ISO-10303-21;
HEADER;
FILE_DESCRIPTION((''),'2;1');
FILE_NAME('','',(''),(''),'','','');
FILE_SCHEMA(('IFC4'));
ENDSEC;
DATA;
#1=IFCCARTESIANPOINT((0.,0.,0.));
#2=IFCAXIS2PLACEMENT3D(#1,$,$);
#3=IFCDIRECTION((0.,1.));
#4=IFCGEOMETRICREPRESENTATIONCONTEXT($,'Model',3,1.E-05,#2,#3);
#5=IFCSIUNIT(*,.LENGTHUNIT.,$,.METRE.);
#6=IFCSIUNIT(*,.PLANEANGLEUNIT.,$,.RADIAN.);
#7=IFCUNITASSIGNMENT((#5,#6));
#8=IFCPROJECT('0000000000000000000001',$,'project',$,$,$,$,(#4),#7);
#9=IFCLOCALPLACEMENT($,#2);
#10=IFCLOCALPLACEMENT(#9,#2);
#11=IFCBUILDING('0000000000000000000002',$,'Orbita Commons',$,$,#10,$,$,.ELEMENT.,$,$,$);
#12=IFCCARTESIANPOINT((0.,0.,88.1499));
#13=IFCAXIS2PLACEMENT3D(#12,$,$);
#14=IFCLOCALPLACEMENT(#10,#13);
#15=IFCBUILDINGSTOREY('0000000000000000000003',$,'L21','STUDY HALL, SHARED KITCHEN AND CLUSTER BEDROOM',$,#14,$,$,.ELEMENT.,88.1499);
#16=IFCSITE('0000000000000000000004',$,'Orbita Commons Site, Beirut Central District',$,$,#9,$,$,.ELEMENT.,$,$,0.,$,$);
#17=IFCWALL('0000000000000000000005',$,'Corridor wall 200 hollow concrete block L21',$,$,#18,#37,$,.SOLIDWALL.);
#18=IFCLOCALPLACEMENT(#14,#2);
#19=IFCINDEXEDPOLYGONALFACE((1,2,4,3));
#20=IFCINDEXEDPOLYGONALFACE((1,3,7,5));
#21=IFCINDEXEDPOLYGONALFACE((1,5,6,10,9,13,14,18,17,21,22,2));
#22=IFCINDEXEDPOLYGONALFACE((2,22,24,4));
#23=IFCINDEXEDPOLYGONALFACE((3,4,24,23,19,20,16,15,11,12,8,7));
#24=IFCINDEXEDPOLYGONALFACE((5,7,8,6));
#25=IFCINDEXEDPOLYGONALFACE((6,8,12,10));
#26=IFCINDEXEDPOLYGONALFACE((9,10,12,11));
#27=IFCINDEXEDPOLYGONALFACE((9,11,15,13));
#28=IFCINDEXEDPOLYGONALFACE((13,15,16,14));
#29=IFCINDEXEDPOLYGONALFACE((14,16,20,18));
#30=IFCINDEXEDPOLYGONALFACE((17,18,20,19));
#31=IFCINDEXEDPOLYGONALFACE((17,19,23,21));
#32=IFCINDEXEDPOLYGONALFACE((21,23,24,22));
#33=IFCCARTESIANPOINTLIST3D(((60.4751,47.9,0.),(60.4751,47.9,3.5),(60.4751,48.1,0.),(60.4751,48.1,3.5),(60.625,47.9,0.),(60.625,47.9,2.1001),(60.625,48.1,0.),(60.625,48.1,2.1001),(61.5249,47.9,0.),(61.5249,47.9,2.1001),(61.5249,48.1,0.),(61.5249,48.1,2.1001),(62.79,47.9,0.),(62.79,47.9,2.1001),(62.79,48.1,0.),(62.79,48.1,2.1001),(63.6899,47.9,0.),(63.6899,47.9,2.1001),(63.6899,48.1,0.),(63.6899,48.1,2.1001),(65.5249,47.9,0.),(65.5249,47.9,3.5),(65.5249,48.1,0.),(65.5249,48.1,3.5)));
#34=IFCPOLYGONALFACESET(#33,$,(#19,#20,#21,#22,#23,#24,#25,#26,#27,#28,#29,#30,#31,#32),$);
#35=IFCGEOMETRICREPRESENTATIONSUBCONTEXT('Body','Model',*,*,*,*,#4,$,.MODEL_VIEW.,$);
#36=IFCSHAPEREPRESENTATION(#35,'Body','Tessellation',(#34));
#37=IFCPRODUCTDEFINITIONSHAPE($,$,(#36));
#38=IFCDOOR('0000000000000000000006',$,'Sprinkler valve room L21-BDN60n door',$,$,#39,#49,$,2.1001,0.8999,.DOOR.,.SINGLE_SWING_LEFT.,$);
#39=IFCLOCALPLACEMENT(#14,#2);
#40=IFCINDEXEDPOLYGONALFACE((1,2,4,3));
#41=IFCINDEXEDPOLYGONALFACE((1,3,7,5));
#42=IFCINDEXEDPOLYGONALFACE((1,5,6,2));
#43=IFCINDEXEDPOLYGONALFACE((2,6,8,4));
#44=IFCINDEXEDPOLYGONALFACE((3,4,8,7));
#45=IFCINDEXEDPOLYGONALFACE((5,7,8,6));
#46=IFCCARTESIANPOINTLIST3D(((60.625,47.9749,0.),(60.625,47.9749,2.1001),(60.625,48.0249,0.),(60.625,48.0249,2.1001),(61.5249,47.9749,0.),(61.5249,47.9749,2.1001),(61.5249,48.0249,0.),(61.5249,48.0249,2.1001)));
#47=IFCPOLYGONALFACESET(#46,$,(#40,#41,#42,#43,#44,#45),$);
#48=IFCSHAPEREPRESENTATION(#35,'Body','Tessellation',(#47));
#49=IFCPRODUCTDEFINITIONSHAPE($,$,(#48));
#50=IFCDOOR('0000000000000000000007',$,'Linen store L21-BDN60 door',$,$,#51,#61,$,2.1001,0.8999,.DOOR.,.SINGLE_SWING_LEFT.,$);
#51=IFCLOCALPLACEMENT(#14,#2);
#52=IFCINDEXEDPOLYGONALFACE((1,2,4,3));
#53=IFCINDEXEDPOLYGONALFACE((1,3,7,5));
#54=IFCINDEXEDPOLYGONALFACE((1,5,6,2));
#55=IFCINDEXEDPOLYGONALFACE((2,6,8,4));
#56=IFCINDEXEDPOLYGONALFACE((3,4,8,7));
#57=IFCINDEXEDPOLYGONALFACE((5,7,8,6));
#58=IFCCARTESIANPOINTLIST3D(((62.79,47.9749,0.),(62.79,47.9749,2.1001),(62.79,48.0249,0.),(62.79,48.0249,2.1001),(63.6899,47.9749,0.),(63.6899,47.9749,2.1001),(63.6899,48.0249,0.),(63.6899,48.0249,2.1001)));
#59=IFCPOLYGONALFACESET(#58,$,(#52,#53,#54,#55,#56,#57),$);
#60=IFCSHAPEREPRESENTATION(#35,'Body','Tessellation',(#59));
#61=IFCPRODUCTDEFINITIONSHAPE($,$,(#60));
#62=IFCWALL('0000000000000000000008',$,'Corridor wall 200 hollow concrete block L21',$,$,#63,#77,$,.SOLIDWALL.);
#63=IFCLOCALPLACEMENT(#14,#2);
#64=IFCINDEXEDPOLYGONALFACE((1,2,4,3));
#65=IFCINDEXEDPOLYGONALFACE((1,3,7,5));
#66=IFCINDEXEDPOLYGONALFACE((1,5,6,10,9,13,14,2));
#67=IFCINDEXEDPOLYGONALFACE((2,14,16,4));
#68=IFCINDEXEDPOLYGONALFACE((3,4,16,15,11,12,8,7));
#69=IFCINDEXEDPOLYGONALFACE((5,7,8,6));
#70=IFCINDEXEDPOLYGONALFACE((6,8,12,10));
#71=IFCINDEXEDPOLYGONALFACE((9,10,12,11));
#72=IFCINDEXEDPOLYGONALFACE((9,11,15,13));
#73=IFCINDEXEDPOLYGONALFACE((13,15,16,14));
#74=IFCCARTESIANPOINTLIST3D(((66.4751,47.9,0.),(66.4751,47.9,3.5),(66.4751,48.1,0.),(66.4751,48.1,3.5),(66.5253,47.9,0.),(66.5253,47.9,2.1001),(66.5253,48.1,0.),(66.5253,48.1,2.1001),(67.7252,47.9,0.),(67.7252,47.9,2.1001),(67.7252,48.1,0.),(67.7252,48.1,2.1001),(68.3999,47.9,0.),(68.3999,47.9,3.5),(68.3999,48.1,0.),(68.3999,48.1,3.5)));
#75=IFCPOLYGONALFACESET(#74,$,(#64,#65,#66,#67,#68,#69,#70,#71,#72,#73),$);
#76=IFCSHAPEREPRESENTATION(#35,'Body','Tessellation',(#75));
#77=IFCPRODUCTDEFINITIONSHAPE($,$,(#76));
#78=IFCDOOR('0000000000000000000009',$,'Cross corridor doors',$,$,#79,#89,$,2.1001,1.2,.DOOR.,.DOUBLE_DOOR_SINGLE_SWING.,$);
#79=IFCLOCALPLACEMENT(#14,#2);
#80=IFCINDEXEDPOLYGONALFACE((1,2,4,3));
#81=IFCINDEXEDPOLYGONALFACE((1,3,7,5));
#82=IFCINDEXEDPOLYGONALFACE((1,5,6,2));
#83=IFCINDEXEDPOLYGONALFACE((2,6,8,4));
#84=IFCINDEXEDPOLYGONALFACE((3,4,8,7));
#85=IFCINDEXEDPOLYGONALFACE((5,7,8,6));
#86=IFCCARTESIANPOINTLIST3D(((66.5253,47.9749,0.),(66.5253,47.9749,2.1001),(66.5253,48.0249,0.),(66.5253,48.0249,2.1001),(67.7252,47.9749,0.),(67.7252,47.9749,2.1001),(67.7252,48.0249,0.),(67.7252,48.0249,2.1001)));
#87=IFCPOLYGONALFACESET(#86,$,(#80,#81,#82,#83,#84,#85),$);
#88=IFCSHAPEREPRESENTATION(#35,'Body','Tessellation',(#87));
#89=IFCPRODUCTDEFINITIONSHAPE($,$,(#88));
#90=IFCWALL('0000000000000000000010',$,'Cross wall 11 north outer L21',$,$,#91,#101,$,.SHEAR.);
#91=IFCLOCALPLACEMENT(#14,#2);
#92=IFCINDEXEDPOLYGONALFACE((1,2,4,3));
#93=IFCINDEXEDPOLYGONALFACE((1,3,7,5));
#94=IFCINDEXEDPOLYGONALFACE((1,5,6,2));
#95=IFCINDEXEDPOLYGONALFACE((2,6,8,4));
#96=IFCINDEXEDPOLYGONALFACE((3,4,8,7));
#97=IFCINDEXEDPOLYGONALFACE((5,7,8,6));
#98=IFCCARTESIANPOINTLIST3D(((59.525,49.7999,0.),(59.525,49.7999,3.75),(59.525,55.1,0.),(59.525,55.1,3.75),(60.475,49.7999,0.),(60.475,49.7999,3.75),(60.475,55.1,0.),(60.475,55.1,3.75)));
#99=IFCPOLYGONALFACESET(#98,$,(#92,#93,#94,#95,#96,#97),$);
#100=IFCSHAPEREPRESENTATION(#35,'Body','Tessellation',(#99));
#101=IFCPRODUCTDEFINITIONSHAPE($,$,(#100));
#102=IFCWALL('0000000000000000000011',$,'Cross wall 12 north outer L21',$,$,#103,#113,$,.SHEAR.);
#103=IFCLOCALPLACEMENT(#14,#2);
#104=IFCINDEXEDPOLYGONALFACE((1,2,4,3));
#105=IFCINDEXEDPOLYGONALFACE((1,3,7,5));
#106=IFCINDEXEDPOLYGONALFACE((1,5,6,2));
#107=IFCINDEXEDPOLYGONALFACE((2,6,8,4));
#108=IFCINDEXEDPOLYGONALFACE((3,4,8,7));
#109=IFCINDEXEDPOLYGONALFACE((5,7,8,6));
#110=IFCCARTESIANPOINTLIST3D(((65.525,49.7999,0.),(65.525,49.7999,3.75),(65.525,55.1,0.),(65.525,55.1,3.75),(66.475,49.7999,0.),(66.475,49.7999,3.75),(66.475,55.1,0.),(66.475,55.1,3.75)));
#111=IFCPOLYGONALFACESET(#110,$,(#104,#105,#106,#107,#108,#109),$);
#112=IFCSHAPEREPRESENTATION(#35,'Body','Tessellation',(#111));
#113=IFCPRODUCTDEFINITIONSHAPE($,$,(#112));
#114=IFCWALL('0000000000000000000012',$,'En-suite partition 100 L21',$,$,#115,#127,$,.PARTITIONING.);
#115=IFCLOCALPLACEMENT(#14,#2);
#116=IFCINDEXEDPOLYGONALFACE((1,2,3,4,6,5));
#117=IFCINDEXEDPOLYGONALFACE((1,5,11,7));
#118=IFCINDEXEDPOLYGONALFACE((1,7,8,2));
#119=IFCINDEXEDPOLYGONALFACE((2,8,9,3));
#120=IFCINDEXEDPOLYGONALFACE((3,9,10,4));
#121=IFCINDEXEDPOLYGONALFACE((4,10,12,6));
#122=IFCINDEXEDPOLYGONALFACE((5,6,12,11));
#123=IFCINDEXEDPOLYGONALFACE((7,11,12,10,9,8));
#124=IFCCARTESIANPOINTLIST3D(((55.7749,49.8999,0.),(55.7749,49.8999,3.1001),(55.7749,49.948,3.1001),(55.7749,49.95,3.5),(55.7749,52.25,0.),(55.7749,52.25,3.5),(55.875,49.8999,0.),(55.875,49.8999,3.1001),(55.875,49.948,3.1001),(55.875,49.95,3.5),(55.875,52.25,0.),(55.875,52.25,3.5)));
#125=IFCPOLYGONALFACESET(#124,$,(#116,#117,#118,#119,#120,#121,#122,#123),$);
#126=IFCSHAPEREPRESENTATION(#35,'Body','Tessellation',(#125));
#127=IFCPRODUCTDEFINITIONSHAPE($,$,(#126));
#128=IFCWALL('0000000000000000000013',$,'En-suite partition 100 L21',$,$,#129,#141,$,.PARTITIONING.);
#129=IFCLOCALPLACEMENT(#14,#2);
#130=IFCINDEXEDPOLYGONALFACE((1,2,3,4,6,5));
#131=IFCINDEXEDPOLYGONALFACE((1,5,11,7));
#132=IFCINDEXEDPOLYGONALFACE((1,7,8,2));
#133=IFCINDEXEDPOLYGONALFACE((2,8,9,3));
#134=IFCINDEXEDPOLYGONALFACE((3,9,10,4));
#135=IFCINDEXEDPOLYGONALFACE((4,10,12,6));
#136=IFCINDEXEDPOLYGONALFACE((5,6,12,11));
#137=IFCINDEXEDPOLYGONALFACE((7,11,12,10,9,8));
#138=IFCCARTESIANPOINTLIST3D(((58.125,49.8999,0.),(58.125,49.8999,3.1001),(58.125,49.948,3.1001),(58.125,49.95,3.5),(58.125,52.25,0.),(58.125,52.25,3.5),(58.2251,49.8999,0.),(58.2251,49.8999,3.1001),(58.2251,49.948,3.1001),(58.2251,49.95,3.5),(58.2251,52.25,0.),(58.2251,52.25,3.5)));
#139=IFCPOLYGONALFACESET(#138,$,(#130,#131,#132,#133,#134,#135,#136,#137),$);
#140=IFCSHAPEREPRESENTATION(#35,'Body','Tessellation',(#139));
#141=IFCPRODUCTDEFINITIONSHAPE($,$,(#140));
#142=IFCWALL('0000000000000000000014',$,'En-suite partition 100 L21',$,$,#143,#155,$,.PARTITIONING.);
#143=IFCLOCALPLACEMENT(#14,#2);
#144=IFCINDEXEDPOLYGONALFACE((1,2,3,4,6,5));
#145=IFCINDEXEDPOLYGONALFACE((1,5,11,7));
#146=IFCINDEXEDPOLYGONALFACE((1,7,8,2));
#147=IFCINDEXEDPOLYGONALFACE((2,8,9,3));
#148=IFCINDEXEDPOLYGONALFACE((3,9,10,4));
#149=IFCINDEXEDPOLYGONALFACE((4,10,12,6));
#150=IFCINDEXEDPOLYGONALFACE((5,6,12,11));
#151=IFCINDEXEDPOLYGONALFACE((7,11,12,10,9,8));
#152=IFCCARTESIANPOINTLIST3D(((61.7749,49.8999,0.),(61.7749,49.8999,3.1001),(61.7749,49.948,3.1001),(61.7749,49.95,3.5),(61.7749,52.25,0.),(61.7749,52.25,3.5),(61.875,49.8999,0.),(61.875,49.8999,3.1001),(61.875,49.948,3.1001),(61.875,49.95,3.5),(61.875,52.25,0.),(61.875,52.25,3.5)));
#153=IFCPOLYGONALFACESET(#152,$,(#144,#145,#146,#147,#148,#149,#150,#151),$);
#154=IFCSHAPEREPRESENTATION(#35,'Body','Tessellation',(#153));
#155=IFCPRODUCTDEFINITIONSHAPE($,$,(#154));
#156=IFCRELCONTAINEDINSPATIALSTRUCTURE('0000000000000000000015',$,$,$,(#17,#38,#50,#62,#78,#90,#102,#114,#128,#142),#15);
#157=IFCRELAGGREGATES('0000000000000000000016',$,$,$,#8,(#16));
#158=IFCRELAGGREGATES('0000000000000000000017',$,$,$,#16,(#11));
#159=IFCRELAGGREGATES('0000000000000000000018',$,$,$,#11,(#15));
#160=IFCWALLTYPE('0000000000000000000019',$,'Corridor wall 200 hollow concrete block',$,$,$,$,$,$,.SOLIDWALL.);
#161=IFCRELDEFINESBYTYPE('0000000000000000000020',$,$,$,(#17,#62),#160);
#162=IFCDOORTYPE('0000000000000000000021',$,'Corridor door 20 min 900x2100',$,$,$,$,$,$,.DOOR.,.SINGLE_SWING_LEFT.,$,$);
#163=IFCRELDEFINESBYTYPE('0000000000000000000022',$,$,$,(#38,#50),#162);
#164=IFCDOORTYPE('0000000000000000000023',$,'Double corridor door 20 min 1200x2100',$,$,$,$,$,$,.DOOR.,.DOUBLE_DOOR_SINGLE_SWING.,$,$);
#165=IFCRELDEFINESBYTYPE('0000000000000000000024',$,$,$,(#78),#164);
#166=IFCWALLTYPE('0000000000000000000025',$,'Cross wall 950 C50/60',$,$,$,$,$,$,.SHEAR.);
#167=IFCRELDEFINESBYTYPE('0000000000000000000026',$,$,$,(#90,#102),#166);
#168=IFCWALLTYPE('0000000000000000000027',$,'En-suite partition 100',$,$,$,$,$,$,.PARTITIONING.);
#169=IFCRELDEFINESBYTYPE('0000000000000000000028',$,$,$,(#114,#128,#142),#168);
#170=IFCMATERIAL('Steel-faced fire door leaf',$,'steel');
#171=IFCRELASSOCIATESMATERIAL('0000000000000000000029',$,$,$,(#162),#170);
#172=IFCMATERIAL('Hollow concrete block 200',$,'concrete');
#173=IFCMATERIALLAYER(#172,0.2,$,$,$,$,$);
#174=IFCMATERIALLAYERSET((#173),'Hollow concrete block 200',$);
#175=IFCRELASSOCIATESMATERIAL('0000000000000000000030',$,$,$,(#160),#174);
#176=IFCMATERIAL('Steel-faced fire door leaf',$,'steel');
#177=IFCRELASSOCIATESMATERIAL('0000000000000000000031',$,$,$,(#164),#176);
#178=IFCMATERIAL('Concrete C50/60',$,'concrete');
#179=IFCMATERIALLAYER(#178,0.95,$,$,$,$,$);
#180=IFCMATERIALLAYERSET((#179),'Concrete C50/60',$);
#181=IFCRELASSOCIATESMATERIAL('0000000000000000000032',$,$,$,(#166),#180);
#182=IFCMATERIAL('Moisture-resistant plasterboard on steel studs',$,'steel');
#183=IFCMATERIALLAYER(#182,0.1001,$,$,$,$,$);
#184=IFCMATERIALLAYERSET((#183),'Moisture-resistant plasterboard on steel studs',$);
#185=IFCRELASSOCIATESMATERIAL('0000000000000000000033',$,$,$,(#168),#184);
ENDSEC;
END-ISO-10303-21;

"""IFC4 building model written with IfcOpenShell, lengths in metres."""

from ifc_helpers import new_model, si_unit, direction, frame, frame_2d, origin, place, context, subcontext, project, spatial, polyline, rectangle, outline, extrude, material, layer, layer_set, type_object, element, fill, save


model = new_model("IFC4")

# Units and contexts
model_context = context("Model", 3, precision=1e-05, world=origin(), true_north=direction((0.0, 1.0)))
body_context = subcontext(model_context, "Body", "Model", "MODEL_VIEW")
ifc_project = project(units=[si_unit("LENGTHUNIT", "METRE"), si_unit("PLANEANGLEUNIT", "RADIAN")], contexts=[model_context])

# Site, building, storey
site_placement = place(None, origin())
site = spatial("IfcSite", under=ifc_project, at=site_placement, Name="Orbita Commons Site, Beirut Central District", CompositionType="ELEMENT", RefElevation=0.0)
building_placement = place(site_placement, origin())
building = spatial("IfcBuilding", under=site, at=building_placement, Name="Orbita Commons", CompositionType="ELEMENT")
storey_placement = place(building_placement, frame((0.0, 0.0, 88.1499)))
storey = spatial("IfcBuildingStorey", under=building, at=storey_placement, Name="L21", Description="STUDY HALL, SHARED KITCHEN AND CLUSTER BEDROOM", CompositionType="ELEMENT", Elevation=88.1499)

# Shared definitions
ifc_material_1 = material(Name="Steel-faced fire door leaf", Category="steel")
door_type_1 = type_object("IfcDoorType", Name="Corridor door 20 min 900x2100", OperationType="SINGLE_SWING_LEFT", PredefinedType="DOOR", material=ifc_material_1)

# Wall, openings, doors
ifc_material_2 = material(Name="Hollow concrete block 200", Category="concrete")
ifc_layer_1 = layer(ifc_material_2, 0.2)
ifc_layer_set_1 = layer_set([ifc_layer_1], Name="Hollow concrete block 200")
wall_type_1 = type_object("IfcWallType", Name="Corridor wall 200 hollow concrete block", PredefinedType="SOLIDWALL", material=ifc_layer_set_1)
wall_1_placement = place(storey_placement, frame((60.4751, 48.0, 0.0), z_axis=(0.0, 0.0, 1.0), x_axis=(1.0, 0.0, 0.0)))
wall_1 = element("IfcWall", 1, at=wall_1_placement, inside=storey, type_object=wall_type_1, Name="Corridor wall 200 hollow concrete block L21", PredefinedType="SOLIDWALL", context=body_context, shape_type="SweptSolid", body=[
    extrude(rectangle(XDim=5.0498, YDim=0.2, at=frame_2d((2.5249, 0.0))), origin(), (0.0, 0.0, 1.0), 3.5),
])
opening_1_placement = place(wall_1_placement, frame((0.1499, 0.0, 0.0)))
opening_1 = element("IfcOpeningElement", 2, at=opening_1_placement, cuts=wall_1, PredefinedType="OPENING", context=body_context, shape_type="SweptSolid", body=[
    extrude(rectangle(XDim=0.8999, YDim=2.1001, at=frame_2d((0.45, 1.05))), frame((0.0, 0.1099, 0.0), z_axis=(0.0, -1.0, 0.0), x_axis=(1.0, 0.0, 0.0)), (0.0, 0.0, 1.0), 0.22),
])
opening_2_placement = place(wall_1_placement, frame((2.3149, 0.0, 0.0)))
opening_2 = element("IfcOpeningElement", 3, at=opening_2_placement, cuts=wall_1, PredefinedType="OPENING", context=body_context, shape_type="SweptSolid", body=[
    extrude(rectangle(XDim=0.8999, YDim=2.1001, at=frame_2d((0.45, 1.05))), frame((0.0, 0.1099, 0.0), z_axis=(0.0, -1.0, 0.0), x_axis=(1.0, 0.0, 0.0)), (0.0, 0.0, 1.0), 0.22),
])
door_1_placement = place(opening_1_placement, origin())
door_1 = element("IfcDoor", 4, at=door_1_placement, inside=storey, type_object=door_type_1, Name="Sprinkler valve room L21-BDN60n door", OperationType="SINGLE_SWING_LEFT", OverallHeight=2.1001, OverallWidth=0.8999, PredefinedType="DOOR", context=body_context, shape_type="SweptSolid", body=[
    extrude(rectangle(XDim=0.8999, YDim=2.1001, at=frame_2d((0.45, 1.05))), frame((0.0, 0.0249, 0.0), z_axis=(0.0, -1.0, 0.0), x_axis=(1.0, 0.0, 0.0)), (0.0, 0.0, 1.0), 0.05),
])
fill(opening_1, door_1)
door_2_placement = place(opening_2_placement, origin())
door_2 = element("IfcDoor", 5, at=door_2_placement, inside=storey, type_object=door_type_1, Name="Linen store L21-BDN60 door", OperationType="SINGLE_SWING_LEFT", OverallHeight=2.1001, OverallWidth=0.8999, PredefinedType="DOOR", context=body_context, shape_type="SweptSolid", body=[
    extrude(rectangle(XDim=0.8999, YDim=2.1001, at=frame_2d((0.45, 1.05))), frame((0.0, 0.0249, 0.0), z_axis=(0.0, -1.0, 0.0), x_axis=(1.0, 0.0, 0.0)), (0.0, 0.0, 1.0), 0.05),
])
fill(opening_2, door_2)

# Wall, opening, door
wall_2_placement = place(storey_placement, frame((66.4751, 48.0, 0.0), z_axis=(0.0, 0.0, 1.0), x_axis=(1.0, 0.0, 0.0)))
wall_2 = element("IfcWall", 6, at=wall_2_placement, inside=storey, type_object=wall_type_1, Name="Corridor wall 200 hollow concrete block L21", PredefinedType="SOLIDWALL", context=body_context, shape_type="SweptSolid", body=[
    extrude(rectangle(XDim=1.9248, YDim=0.2, at=frame_2d((0.9624, 0.0))), origin(), (0.0, 0.0, 1.0), 3.5),
])
opening_3_placement = place(wall_2_placement, frame((0.05, 0.0, 0.0)))
opening_3 = element("IfcOpeningElement", 7, at=opening_3_placement, cuts=wall_2, PredefinedType="OPENING", context=body_context, shape_type="SweptSolid", body=[
    extrude(rectangle(XDim=1.2, YDim=2.1001, at=frame_2d((0.6001, 1.05))), frame((0.0, 0.1099, 0.0), z_axis=(0.0, -1.0, 0.0), x_axis=(1.0, 0.0, 0.0)), (0.0, 0.0, 1.0), 0.22),
])
ifc_material_3 = material(Name="Steel-faced fire door leaf", Category="steel")
door_type_2 = type_object("IfcDoorType", Name="Double corridor door 20 min 1200x2100", OperationType="DOUBLE_DOOR_SINGLE_SWING", PredefinedType="DOOR", material=ifc_material_3)
door_3_placement = place(opening_3_placement, origin())
door_3 = element("IfcDoor", 8, at=door_3_placement, inside=storey, type_object=door_type_2, Name="Cross corridor doors", OperationType="DOUBLE_DOOR_SINGLE_SWING", OverallHeight=2.1001, OverallWidth=1.2, PredefinedType="DOOR", context=body_context, shape_type="SweptSolid", body=[
    extrude(rectangle(XDim=1.2, YDim=2.1001, at=frame_2d((0.6001, 1.05))), frame((0.0, 0.0249, 0.0), z_axis=(0.0, -1.0, 0.0), x_axis=(1.0, 0.0, 0.0)), (0.0, 0.0, 1.0), 0.05),
])
fill(opening_3, door_3)

# Walls
ifc_material_4 = material(Name="Concrete C50/60", Category="concrete")
ifc_layer_2 = layer(ifc_material_4, 0.95)
ifc_layer_set_2 = layer_set([ifc_layer_2], Name="Concrete C50/60")
wall_type_2 = type_object("IfcWallType", Name="Cross wall 950 C50/60", PredefinedType="SHEAR", material=ifc_layer_set_2)
for number, where, z_axis, x_axis, name in (
    (9, (60.0, 49.8, 0.0), (0.0, 0.0, 1.0), (0.0, 1.0, 0.0), "Cross wall 11 north outer L21"),
    (10, (66.0, 49.8, 0.0), (0.0, 0.0, 1.0), (0.0, 1.0, 0.0), "Cross wall 12 north outer L21"),
):
    element("IfcWall", number, at=place(storey_placement, frame(where, z_axis=z_axis, x_axis=x_axis)), inside=storey, type_object=wall_type_2, Name=name, PredefinedType="SHEAR", context=body_context, shape_type="SweptSolid", body=[
        extrude(rectangle(XDim=5.3, YDim=0.95, at=frame_2d((2.6499, 0.0))), origin(), (0.0, 0.0, 1.0), 3.75),
    ])
ifc_material_5 = material(Name="Moisture-resistant plasterboard on steel studs", Category="steel")
ifc_layer_3 = layer(ifc_material_5, 0.1001)
ifc_layer_set_3 = layer_set([ifc_layer_3], Name="Moisture-resistant plasterboard on steel studs")
wall_type_3 = type_object("IfcWallType", Name="En-suite partition 100", PredefinedType="PARTITIONING", material=ifc_layer_set_3)
for number, where, z_axis, x_axis, name in (
    (11, (55.825, 52.25, 0.0), (0.0, 0.0, 1.0), (0.0, -1.0, 0.0), "En-suite partition 100 L21"),
    (12, (58.175, 52.25, 0.0), (0.0, 0.0, 1.0), (0.0, -1.0, 0.0), "En-suite partition 100 L21"),
    (13, (61.825, 52.25, 0.0), (0.0, 0.0, 1.0), (0.0, -1.0, 0.0), "En-suite partition 100 L21"),
):
    element("IfcWall", number, at=place(storey_placement, frame(where, z_axis=z_axis, x_axis=x_axis)), inside=storey, type_object=wall_type_3, Name=name, PredefinedType="PARTITIONING", context=body_context, shape_type="SweptSolid", body=[
        extrude(outline(polyline([(0.0, 0.0), (2.3501, 0.0), (2.3501, 3.1001), (2.302, 3.1001), (2.3, 3.5), (0.0, 3.5), (0.0, 0.0)])), frame((0.0, 0.05, 0.0), z_axis=(0.0, -1.0, 0.0), x_axis=(1.0, 0.0, 0.0)), (0.0, 0.0, 1.0), 0.1001),
    ])

save(model, "model.ifc")
